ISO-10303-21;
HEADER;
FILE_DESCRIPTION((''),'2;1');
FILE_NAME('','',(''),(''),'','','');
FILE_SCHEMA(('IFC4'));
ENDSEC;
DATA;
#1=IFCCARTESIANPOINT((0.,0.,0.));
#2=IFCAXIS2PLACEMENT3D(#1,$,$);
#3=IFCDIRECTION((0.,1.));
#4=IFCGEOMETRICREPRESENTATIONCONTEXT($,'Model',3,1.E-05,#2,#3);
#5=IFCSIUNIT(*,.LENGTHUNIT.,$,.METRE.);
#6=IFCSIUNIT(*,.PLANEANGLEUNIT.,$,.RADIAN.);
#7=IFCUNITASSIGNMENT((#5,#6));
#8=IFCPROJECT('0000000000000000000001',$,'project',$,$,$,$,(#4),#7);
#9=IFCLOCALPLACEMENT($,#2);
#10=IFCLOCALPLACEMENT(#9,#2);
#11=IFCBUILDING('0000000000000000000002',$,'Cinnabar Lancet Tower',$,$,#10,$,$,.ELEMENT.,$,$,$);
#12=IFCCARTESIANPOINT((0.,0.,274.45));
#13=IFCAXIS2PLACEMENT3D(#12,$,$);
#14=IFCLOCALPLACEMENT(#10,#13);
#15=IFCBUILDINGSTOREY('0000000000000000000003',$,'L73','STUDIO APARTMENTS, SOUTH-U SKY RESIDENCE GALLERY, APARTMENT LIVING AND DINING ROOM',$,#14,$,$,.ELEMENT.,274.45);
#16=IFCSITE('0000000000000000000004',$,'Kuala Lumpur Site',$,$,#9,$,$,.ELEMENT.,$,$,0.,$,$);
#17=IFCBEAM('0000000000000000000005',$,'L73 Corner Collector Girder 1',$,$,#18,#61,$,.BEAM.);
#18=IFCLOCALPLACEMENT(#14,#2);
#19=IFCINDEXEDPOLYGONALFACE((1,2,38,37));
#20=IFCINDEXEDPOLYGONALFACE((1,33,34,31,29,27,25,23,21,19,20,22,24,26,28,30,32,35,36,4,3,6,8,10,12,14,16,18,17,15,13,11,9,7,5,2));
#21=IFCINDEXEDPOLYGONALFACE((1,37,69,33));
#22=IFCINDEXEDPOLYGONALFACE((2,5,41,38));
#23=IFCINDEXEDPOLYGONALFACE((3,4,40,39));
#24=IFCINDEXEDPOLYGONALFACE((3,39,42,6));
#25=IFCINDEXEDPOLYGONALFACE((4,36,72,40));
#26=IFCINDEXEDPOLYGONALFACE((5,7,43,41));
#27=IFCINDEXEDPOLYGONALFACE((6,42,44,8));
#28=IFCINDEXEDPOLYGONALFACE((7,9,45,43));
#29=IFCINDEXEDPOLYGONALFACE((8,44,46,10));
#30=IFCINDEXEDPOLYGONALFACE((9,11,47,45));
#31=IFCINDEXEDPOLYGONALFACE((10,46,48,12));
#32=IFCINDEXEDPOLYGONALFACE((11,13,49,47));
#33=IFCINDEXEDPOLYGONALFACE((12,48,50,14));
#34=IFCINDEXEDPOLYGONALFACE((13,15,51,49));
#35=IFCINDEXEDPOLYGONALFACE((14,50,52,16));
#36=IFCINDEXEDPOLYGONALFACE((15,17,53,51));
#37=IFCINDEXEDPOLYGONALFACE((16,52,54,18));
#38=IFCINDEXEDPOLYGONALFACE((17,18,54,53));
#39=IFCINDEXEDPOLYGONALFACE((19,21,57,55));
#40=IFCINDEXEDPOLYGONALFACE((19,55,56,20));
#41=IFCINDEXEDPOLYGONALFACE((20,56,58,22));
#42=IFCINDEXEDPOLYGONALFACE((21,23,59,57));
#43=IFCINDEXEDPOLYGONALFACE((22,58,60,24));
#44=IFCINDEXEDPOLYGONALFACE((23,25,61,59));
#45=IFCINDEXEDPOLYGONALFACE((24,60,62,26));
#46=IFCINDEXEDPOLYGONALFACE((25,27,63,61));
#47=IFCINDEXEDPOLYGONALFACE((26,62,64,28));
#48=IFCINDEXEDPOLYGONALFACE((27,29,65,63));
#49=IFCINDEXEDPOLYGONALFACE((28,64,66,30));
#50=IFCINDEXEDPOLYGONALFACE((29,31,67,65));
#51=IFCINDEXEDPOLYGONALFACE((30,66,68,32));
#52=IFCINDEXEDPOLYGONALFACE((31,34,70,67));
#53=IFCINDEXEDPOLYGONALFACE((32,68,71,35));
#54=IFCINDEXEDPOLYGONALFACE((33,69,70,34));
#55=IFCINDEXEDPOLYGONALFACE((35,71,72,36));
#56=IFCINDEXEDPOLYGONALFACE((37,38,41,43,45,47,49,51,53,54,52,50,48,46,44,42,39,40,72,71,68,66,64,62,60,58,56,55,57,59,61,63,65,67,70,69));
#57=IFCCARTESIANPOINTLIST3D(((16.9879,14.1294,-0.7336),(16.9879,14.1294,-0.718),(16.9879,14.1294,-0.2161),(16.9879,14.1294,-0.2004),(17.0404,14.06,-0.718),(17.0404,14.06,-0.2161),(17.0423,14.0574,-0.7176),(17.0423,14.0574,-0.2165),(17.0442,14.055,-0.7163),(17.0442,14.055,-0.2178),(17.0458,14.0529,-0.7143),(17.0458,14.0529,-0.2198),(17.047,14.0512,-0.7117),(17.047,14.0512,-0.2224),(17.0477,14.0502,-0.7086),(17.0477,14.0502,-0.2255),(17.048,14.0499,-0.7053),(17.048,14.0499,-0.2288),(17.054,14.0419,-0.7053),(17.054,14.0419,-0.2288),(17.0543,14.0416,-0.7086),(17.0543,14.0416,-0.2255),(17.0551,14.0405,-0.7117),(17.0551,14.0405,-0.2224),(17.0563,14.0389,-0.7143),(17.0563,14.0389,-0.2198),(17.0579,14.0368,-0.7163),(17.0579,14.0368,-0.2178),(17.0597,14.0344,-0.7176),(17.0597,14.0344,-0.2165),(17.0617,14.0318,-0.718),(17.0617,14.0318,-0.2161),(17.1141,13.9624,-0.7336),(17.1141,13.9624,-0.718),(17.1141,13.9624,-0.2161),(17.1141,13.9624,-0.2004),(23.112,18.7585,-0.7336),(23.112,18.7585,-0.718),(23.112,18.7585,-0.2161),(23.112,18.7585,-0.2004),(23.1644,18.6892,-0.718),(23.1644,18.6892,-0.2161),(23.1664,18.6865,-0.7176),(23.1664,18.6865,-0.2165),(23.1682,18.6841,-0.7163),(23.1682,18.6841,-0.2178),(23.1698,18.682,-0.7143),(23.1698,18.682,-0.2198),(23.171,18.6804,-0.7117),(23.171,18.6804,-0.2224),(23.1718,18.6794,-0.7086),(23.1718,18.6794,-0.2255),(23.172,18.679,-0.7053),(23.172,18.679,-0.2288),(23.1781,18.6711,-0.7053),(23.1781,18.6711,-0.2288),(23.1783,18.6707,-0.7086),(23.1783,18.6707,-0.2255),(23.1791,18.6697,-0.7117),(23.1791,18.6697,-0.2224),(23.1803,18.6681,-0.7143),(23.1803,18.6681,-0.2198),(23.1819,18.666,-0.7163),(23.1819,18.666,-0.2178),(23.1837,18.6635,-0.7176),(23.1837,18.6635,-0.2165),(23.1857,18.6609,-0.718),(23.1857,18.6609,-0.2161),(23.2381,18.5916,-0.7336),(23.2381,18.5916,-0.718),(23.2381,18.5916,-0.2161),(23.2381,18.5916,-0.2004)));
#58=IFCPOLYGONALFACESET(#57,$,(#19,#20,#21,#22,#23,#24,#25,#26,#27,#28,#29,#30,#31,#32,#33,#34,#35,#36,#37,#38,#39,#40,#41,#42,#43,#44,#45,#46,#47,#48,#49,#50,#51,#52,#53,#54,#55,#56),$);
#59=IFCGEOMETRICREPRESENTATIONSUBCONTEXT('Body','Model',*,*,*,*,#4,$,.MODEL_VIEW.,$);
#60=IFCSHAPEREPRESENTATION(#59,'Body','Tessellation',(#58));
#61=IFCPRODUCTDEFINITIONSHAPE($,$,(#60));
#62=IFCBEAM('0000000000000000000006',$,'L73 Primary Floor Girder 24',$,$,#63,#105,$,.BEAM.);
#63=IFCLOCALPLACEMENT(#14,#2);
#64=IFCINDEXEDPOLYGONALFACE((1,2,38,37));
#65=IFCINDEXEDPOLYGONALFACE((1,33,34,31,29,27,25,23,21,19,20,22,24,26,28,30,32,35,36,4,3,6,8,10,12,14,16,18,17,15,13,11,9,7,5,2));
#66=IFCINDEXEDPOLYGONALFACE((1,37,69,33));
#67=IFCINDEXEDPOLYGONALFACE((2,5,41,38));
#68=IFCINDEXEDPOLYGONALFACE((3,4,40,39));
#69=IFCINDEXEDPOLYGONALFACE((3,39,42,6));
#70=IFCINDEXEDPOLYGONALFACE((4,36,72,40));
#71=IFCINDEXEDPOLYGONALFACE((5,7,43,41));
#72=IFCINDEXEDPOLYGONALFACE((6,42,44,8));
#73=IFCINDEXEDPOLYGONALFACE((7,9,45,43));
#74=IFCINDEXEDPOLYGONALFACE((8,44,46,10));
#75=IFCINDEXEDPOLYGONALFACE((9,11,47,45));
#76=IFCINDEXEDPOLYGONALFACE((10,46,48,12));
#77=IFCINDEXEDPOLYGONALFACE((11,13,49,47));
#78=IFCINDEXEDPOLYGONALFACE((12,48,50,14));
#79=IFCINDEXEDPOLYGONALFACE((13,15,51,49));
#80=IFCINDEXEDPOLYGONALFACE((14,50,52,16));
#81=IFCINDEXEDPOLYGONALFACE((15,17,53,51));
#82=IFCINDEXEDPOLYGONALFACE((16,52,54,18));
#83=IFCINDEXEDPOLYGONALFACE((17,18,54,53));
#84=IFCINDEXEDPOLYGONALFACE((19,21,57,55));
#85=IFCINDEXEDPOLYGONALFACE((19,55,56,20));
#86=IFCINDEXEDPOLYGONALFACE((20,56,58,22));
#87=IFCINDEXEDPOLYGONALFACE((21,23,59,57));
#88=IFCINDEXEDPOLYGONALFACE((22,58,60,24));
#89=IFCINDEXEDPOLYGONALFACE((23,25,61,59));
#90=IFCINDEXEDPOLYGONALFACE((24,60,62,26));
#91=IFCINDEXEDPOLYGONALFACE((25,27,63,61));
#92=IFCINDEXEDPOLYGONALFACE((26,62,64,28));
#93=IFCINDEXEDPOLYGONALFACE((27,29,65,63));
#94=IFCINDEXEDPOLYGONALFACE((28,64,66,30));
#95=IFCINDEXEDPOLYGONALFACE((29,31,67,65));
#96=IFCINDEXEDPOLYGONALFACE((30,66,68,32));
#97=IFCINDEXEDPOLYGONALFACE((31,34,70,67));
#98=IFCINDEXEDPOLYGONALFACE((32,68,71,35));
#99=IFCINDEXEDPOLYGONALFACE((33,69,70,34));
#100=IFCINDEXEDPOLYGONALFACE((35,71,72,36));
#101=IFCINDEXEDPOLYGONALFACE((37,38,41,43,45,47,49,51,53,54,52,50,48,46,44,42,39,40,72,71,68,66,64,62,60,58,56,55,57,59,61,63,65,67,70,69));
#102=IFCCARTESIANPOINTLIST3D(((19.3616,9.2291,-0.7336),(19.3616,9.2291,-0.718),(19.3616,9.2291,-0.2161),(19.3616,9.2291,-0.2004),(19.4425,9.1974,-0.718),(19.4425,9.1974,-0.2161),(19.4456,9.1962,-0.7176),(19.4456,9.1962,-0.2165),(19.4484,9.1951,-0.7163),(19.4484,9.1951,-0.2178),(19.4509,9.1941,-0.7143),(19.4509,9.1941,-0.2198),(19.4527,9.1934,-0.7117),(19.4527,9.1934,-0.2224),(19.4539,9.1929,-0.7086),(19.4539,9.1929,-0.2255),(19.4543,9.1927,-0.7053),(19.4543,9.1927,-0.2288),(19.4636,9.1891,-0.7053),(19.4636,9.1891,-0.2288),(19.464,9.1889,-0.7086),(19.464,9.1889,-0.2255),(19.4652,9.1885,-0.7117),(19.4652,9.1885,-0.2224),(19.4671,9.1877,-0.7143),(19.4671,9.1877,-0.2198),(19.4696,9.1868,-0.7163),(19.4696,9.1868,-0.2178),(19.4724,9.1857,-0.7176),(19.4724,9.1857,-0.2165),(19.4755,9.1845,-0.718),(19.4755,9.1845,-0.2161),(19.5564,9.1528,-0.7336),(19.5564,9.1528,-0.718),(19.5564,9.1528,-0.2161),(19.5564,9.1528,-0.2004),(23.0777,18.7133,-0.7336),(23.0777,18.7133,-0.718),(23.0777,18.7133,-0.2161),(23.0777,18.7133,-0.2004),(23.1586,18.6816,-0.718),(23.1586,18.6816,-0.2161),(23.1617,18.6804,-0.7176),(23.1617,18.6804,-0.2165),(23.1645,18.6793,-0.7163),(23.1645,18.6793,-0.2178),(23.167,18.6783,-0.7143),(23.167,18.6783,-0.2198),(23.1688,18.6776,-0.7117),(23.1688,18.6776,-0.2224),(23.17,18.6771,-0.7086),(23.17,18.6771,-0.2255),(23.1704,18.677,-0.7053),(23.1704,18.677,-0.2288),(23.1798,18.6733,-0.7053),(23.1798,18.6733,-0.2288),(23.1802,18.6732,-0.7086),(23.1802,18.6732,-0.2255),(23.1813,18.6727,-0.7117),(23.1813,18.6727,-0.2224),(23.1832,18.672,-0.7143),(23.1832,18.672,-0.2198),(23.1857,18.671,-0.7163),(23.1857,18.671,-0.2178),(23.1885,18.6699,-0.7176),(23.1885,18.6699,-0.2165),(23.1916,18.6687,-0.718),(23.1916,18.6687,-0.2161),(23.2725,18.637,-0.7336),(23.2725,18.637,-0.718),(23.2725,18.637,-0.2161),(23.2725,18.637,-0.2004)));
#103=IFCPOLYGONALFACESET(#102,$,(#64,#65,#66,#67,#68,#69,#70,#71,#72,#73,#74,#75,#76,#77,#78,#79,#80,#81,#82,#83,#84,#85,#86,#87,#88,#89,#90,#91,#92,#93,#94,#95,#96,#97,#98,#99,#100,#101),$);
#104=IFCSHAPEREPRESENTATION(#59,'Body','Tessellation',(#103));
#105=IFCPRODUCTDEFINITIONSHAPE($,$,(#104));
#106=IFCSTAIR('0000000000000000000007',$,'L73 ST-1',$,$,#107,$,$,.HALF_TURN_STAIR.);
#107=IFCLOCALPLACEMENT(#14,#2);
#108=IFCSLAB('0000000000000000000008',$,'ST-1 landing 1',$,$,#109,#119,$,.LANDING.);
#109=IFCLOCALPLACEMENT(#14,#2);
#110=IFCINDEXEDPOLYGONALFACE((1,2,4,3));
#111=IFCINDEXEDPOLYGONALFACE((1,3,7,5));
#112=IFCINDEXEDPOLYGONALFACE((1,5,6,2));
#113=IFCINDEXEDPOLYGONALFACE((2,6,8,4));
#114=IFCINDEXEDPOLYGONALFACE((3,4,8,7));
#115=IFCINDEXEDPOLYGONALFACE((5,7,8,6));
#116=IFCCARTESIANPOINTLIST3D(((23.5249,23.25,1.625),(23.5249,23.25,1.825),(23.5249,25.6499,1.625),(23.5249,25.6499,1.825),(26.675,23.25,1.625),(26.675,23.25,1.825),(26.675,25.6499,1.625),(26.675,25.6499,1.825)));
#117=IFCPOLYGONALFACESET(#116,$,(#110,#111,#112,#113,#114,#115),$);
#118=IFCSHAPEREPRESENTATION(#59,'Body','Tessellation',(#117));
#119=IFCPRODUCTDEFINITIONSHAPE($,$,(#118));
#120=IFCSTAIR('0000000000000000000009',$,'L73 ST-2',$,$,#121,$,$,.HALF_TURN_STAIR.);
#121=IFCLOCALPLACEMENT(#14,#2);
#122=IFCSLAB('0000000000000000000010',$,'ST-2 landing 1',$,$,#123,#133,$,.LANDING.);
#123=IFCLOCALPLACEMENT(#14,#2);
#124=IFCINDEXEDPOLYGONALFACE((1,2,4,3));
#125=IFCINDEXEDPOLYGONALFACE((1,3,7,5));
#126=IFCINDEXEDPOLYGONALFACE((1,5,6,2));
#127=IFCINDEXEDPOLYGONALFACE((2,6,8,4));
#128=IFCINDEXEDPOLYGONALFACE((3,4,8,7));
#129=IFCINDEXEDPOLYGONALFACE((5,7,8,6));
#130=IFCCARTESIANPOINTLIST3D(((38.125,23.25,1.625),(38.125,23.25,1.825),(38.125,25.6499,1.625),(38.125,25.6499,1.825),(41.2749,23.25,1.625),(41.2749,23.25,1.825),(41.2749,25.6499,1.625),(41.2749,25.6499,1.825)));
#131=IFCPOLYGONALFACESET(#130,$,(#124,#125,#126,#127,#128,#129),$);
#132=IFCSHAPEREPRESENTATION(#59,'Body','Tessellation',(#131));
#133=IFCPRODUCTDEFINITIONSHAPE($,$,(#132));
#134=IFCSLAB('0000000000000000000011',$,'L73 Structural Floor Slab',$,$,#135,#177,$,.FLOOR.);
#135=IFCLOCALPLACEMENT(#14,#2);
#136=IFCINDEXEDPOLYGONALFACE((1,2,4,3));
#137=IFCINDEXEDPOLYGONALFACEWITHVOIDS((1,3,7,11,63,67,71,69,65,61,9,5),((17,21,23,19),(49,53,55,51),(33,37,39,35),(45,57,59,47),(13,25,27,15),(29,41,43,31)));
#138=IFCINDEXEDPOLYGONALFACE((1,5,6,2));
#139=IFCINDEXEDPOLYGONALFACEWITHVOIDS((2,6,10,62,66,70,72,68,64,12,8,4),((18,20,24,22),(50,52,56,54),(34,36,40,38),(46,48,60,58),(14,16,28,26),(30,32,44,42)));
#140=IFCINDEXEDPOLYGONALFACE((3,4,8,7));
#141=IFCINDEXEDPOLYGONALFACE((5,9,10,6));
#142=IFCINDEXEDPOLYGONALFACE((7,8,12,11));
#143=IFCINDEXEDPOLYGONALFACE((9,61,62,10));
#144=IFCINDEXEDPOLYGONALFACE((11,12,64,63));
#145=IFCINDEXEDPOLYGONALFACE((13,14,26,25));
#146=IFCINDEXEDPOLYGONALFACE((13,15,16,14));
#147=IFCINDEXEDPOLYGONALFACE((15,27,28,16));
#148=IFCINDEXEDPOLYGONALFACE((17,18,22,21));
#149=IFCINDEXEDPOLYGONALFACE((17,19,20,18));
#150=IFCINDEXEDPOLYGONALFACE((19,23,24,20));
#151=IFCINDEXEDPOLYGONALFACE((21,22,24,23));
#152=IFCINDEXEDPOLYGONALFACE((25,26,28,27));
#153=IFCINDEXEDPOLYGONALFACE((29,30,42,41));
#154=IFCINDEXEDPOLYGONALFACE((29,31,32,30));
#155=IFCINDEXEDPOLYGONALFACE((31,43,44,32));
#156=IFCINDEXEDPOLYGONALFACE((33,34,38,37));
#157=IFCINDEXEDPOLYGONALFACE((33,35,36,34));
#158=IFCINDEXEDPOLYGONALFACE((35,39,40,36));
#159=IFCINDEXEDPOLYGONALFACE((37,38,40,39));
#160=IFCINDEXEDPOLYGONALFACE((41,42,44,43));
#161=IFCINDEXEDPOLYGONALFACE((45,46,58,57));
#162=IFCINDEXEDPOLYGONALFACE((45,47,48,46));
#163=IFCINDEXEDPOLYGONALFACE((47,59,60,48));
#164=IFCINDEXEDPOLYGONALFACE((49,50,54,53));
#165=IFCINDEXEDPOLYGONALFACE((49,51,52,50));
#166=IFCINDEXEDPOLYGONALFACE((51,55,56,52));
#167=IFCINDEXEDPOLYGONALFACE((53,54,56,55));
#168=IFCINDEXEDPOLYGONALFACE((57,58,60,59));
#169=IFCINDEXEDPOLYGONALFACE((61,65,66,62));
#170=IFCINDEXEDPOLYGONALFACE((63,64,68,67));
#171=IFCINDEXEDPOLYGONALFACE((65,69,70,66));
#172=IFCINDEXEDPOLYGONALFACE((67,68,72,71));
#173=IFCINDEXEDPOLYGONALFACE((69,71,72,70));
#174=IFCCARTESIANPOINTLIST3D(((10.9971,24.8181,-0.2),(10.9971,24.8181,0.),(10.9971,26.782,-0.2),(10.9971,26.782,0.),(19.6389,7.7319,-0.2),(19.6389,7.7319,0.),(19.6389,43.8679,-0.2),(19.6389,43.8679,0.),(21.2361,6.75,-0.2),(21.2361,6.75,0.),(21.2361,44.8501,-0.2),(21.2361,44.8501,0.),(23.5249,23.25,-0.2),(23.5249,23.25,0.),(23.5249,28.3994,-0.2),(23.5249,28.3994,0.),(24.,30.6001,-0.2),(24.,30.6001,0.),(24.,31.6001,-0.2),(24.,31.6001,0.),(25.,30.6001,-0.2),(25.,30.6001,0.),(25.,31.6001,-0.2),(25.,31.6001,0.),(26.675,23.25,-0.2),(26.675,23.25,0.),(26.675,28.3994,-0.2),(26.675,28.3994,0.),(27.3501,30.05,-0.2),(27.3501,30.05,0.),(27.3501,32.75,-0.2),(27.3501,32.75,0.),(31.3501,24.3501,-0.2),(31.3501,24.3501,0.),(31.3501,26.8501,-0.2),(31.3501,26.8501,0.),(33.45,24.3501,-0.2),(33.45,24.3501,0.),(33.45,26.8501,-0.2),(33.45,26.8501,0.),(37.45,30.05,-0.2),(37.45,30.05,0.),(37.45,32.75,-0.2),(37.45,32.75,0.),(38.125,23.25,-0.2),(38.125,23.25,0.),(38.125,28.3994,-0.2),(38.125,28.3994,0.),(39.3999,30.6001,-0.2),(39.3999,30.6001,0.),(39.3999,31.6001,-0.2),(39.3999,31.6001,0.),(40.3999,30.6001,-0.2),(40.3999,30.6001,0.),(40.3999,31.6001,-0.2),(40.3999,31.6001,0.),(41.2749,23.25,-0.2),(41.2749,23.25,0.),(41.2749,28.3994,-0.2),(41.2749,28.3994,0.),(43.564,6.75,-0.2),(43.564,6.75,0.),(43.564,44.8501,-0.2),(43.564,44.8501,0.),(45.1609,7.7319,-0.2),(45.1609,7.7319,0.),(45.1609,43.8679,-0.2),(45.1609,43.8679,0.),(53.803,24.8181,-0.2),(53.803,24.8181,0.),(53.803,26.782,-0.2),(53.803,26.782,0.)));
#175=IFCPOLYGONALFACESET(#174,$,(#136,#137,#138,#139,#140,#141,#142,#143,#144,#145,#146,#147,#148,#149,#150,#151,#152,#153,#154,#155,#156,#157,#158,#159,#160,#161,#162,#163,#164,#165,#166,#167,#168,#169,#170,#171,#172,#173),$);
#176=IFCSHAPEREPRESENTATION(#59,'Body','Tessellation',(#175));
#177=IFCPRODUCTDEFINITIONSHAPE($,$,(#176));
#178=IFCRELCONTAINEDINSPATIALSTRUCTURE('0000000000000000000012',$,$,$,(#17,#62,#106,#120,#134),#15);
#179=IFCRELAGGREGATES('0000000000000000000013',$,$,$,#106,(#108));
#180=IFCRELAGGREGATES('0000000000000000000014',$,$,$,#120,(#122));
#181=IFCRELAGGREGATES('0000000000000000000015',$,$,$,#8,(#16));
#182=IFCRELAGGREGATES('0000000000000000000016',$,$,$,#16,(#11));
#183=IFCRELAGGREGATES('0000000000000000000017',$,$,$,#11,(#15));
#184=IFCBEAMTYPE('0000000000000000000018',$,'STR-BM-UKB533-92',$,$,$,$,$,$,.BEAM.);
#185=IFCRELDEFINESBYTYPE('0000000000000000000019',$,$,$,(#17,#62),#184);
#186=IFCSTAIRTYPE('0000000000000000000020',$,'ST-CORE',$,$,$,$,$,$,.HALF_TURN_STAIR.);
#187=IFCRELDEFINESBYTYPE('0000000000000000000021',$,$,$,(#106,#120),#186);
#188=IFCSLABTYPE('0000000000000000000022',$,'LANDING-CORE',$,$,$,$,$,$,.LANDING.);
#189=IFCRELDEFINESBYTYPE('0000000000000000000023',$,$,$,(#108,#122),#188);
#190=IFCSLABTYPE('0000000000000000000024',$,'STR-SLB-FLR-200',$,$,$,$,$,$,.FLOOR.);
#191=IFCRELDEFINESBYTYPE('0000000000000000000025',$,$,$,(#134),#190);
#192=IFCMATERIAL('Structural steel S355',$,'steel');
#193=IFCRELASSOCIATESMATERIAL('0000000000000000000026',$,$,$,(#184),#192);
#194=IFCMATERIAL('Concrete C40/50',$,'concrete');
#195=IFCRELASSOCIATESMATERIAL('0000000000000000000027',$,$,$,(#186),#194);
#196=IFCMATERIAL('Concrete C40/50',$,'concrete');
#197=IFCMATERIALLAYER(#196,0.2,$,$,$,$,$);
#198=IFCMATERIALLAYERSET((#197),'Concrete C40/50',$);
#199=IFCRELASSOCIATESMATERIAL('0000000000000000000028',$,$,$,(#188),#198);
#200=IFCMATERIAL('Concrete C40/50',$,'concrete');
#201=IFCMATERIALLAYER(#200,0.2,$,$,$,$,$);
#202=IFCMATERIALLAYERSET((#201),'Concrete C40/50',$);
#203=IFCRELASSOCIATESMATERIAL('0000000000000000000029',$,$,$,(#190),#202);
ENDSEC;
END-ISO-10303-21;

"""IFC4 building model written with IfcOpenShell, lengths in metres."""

from ifc_helpers import new_model, si_unit, direction, frame, origin, origin_2d, place, context, subcontext, project, spatial, polyline, i_section, outline, extrude, material, layer, layer_set, material_profile, profile_set, type_object, element, aggregate, save


model = new_model("IFC4")

# Units and contexts
model_context = context("Model", 3, precision=1e-05, world=origin(), true_north=direction((0.0, 1.0)))
body_context = subcontext(model_context, "Body", "Model", "MODEL_VIEW")
ifc_project = project(units=[si_unit("LENGTHUNIT", "METRE"), si_unit("PLANEANGLEUNIT", "RADIAN")], contexts=[model_context])

# Site, building, storey
site_placement = place(None, origin())
site = spatial("IfcSite", under=ifc_project, at=site_placement, Name="Kuala Lumpur Site", CompositionType="ELEMENT", RefElevation=0.0)
building_placement = place(site_placement, origin())
building = spatial("IfcBuilding", under=site, at=building_placement, Name="Cinnabar Lancet Tower", CompositionType="ELEMENT")
storey_placement = place(building_placement, frame((0.0, 0.0, 274.45)))
storey = spatial("IfcBuildingStorey", under=building, at=storey_placement, Name="L73", Description="STUDIO APARTMENTS, SOUTH-U SKY RESIDENCE GALLERY, APARTMENT LIVING AND DINING ROOM", CompositionType="ELEMENT", Elevation=274.45)

# Beams
ifc_material_1 = material(Name="Structural steel S355", Category="steel")
ifc_material_profile_1 = material_profile(ifc_material_1, i_section(OverallWidth=0.2092, OverallDepth=0.5332, WebThickness=0.01, FlangeThickness=0.0156, FilletRadius=0.0127, at=origin_2d()), Name="UKB 533x210x92")
ifc_profile_set_1 = profile_set([ifc_material_profile_1], Name="Structural steel S355")
beam_type_1 = type_object("IfcBeamType", Name="STR-BM-UKB533-92", PredefinedType="BEAM", material=ifc_profile_set_1)
beam_1_placement = place(storey_placement, frame((17.051, 14.0459, -0.467), z_axis=(0.797735, 0.603008, 0.0), x_axis=(-0.603008, 0.797735, 0.0)))
element("IfcBeam", 1, at=beam_1_placement, inside=storey, type_object=beam_type_1, Name="L73 Corner Collector Girder 1", PredefinedType="BEAM", context=body_context, shape_type="SweptSolid", body=[
    extrude(i_section(OverallWidth=0.2092, OverallDepth=0.5332, WebThickness=0.01, FlangeThickness=0.0156, FilletRadius=0.0127, at=origin_2d()), origin(), (0.0, 0.0, 1.0), 7.6768),
])
beam_2_placement = place(storey_placement, frame((19.459, 9.1909, -0.467), z_axis=(0.364815, 0.93108, 0.0), x_axis=(-0.93108, 0.364815, 0.0)))
element("IfcBeam", 2, at=beam_2_placement, inside=storey, type_object=beam_type_1, Name="L73 Primary Floor Girder 24", PredefinedType="BEAM", context=body_context, shape_type="SweptSolid", body=[
    extrude(i_section(OverallWidth=0.2092, OverallDepth=0.5332, WebThickness=0.01, FlangeThickness=0.0156, FilletRadius=0.0127, at=origin_2d()), origin(), (0.0, 0.0, 1.0), 10.1863),
])

# Stairs, slabs
ifc_material_2 = material(Name="Concrete C40/50", Category="concrete")
stair_type = type_object("IfcStairType", Name="ST-CORE", PredefinedType="HALF_TURN_STAIR", material=ifc_material_2)
stair_1_placement = place(storey_placement, origin())
stair_1 = element("IfcStair", 3, at=stair_1_placement, inside=storey, type_object=stair_type, Name="L73 ST-1", PredefinedType="HALF_TURN_STAIR")
ifc_material_3 = material(Name="Concrete C40/50", Category="concrete")
ifc_layer_1 = layer(ifc_material_3, 0.2)
ifc_layer_set_1 = layer_set([ifc_layer_1], Name="Concrete C40/50")
slab_type_1 = type_object("IfcSlabType", Name="LANDING-CORE", PredefinedType="LANDING", material=ifc_layer_set_1)
slab_1_placement = place(storey_placement, frame((0.0, 0.0, 1.625)))
slab_1 = element("IfcSlab", 4, at=slab_1_placement, type_object=slab_type_1, Name="ST-1 landing 1", PredefinedType="LANDING", context=body_context, shape_type="SweptSolid", body=[
    extrude(outline(polyline([(23.5249, 25.6499), (23.5249, 23.25), (26.675, 23.25), (26.675, 25.6499), (23.5249, 25.6499)])), origin(), (0.0, 0.0, 1.0), 0.2),
])
aggregate(stair_1, [slab_1])
stair_2_placement = place(storey_placement, origin())
stair_2 = element("IfcStair", 5, at=stair_2_placement, inside=storey, type_object=stair_type, Name="L73 ST-2", PredefinedType="HALF_TURN_STAIR")
slab_2_placement = place(storey_placement, frame((0.0, 0.0, 1.625)))
slab_2 = element("IfcSlab", 6, at=slab_2_placement, type_object=slab_type_1, Name="ST-2 landing 1", PredefinedType="LANDING", context=body_context, shape_type="SweptSolid", body=[
    extrude(outline(polyline([(38.125, 25.6499), (38.125, 23.25), (41.2749, 23.25), (41.2749, 25.6499), (38.125, 25.6499)])), origin(), (0.0, 0.0, 1.0), 0.2),
])
aggregate(stair_2, [slab_2])

# Slab
ifc_material_4 = material(Name="Concrete C40/50", Category="concrete")
ifc_layer_2 = layer(ifc_material_4, 0.2)
ifc_layer_set_2 = layer_set([ifc_layer_2], Name="Concrete C40/50")
slab_type_2 = type_object("IfcSlabType", Name="STR-SLB-FLR-200", PredefinedType="FLOOR", material=ifc_layer_set_2)
slab_3_placement = place(storey_placement, frame((0.0, 0.0, -0.2)))
element("IfcSlab", 7, at=slab_3_placement, inside=storey, type_object=slab_type_2, Name="L73 Structural Floor Slab", PredefinedType="FLOOR", context=body_context, shape_type="SweptSolid", body=[
    extrude(outline(polyline([(19.6389, 7.7319), (21.2361, 6.75), (43.564, 6.75), (45.1609, 7.7319), (53.803, 24.8181), (53.803, 26.782), (45.1609, 43.8679), (43.564, 44.8501), (21.2361, 44.8501), (19.6389, 43.8679), (10.9971, 26.782), (10.9971, 24.8181), (19.6389, 7.7319)]), holes=[polyline([(23.5249, 23.25), (26.675, 23.25), (26.675, 28.3994), (23.5249, 28.3994), (23.5249, 23.25)]), polyline([(38.125, 23.25), (41.2749, 23.25), (41.2749, 28.3994), (38.125, 28.3994), (38.125, 23.25)]), polyline([(27.3501, 30.05), (37.45, 30.05), (37.45, 32.75), (27.3501, 32.75), (27.3501, 30.05)]), polyline([(31.3501, 24.3501), (33.45, 24.3501), (33.45, 26.8501), (31.3501, 26.8501), (31.3501, 24.3501)]), polyline([(24.0, 30.6001), (25.0, 30.6001), (25.0, 31.6001), (24.0, 31.6001), (24.0, 30.6001)]), polyline([(39.3999, 30.6001), (40.3999, 30.6001), (40.3999, 31.6001), (39.3999, 31.6001), (39.3999, 30.6001)])]), origin(), (0.0, 0.0, 1.0), 0.2),
])

save(model, "model.ifc")
